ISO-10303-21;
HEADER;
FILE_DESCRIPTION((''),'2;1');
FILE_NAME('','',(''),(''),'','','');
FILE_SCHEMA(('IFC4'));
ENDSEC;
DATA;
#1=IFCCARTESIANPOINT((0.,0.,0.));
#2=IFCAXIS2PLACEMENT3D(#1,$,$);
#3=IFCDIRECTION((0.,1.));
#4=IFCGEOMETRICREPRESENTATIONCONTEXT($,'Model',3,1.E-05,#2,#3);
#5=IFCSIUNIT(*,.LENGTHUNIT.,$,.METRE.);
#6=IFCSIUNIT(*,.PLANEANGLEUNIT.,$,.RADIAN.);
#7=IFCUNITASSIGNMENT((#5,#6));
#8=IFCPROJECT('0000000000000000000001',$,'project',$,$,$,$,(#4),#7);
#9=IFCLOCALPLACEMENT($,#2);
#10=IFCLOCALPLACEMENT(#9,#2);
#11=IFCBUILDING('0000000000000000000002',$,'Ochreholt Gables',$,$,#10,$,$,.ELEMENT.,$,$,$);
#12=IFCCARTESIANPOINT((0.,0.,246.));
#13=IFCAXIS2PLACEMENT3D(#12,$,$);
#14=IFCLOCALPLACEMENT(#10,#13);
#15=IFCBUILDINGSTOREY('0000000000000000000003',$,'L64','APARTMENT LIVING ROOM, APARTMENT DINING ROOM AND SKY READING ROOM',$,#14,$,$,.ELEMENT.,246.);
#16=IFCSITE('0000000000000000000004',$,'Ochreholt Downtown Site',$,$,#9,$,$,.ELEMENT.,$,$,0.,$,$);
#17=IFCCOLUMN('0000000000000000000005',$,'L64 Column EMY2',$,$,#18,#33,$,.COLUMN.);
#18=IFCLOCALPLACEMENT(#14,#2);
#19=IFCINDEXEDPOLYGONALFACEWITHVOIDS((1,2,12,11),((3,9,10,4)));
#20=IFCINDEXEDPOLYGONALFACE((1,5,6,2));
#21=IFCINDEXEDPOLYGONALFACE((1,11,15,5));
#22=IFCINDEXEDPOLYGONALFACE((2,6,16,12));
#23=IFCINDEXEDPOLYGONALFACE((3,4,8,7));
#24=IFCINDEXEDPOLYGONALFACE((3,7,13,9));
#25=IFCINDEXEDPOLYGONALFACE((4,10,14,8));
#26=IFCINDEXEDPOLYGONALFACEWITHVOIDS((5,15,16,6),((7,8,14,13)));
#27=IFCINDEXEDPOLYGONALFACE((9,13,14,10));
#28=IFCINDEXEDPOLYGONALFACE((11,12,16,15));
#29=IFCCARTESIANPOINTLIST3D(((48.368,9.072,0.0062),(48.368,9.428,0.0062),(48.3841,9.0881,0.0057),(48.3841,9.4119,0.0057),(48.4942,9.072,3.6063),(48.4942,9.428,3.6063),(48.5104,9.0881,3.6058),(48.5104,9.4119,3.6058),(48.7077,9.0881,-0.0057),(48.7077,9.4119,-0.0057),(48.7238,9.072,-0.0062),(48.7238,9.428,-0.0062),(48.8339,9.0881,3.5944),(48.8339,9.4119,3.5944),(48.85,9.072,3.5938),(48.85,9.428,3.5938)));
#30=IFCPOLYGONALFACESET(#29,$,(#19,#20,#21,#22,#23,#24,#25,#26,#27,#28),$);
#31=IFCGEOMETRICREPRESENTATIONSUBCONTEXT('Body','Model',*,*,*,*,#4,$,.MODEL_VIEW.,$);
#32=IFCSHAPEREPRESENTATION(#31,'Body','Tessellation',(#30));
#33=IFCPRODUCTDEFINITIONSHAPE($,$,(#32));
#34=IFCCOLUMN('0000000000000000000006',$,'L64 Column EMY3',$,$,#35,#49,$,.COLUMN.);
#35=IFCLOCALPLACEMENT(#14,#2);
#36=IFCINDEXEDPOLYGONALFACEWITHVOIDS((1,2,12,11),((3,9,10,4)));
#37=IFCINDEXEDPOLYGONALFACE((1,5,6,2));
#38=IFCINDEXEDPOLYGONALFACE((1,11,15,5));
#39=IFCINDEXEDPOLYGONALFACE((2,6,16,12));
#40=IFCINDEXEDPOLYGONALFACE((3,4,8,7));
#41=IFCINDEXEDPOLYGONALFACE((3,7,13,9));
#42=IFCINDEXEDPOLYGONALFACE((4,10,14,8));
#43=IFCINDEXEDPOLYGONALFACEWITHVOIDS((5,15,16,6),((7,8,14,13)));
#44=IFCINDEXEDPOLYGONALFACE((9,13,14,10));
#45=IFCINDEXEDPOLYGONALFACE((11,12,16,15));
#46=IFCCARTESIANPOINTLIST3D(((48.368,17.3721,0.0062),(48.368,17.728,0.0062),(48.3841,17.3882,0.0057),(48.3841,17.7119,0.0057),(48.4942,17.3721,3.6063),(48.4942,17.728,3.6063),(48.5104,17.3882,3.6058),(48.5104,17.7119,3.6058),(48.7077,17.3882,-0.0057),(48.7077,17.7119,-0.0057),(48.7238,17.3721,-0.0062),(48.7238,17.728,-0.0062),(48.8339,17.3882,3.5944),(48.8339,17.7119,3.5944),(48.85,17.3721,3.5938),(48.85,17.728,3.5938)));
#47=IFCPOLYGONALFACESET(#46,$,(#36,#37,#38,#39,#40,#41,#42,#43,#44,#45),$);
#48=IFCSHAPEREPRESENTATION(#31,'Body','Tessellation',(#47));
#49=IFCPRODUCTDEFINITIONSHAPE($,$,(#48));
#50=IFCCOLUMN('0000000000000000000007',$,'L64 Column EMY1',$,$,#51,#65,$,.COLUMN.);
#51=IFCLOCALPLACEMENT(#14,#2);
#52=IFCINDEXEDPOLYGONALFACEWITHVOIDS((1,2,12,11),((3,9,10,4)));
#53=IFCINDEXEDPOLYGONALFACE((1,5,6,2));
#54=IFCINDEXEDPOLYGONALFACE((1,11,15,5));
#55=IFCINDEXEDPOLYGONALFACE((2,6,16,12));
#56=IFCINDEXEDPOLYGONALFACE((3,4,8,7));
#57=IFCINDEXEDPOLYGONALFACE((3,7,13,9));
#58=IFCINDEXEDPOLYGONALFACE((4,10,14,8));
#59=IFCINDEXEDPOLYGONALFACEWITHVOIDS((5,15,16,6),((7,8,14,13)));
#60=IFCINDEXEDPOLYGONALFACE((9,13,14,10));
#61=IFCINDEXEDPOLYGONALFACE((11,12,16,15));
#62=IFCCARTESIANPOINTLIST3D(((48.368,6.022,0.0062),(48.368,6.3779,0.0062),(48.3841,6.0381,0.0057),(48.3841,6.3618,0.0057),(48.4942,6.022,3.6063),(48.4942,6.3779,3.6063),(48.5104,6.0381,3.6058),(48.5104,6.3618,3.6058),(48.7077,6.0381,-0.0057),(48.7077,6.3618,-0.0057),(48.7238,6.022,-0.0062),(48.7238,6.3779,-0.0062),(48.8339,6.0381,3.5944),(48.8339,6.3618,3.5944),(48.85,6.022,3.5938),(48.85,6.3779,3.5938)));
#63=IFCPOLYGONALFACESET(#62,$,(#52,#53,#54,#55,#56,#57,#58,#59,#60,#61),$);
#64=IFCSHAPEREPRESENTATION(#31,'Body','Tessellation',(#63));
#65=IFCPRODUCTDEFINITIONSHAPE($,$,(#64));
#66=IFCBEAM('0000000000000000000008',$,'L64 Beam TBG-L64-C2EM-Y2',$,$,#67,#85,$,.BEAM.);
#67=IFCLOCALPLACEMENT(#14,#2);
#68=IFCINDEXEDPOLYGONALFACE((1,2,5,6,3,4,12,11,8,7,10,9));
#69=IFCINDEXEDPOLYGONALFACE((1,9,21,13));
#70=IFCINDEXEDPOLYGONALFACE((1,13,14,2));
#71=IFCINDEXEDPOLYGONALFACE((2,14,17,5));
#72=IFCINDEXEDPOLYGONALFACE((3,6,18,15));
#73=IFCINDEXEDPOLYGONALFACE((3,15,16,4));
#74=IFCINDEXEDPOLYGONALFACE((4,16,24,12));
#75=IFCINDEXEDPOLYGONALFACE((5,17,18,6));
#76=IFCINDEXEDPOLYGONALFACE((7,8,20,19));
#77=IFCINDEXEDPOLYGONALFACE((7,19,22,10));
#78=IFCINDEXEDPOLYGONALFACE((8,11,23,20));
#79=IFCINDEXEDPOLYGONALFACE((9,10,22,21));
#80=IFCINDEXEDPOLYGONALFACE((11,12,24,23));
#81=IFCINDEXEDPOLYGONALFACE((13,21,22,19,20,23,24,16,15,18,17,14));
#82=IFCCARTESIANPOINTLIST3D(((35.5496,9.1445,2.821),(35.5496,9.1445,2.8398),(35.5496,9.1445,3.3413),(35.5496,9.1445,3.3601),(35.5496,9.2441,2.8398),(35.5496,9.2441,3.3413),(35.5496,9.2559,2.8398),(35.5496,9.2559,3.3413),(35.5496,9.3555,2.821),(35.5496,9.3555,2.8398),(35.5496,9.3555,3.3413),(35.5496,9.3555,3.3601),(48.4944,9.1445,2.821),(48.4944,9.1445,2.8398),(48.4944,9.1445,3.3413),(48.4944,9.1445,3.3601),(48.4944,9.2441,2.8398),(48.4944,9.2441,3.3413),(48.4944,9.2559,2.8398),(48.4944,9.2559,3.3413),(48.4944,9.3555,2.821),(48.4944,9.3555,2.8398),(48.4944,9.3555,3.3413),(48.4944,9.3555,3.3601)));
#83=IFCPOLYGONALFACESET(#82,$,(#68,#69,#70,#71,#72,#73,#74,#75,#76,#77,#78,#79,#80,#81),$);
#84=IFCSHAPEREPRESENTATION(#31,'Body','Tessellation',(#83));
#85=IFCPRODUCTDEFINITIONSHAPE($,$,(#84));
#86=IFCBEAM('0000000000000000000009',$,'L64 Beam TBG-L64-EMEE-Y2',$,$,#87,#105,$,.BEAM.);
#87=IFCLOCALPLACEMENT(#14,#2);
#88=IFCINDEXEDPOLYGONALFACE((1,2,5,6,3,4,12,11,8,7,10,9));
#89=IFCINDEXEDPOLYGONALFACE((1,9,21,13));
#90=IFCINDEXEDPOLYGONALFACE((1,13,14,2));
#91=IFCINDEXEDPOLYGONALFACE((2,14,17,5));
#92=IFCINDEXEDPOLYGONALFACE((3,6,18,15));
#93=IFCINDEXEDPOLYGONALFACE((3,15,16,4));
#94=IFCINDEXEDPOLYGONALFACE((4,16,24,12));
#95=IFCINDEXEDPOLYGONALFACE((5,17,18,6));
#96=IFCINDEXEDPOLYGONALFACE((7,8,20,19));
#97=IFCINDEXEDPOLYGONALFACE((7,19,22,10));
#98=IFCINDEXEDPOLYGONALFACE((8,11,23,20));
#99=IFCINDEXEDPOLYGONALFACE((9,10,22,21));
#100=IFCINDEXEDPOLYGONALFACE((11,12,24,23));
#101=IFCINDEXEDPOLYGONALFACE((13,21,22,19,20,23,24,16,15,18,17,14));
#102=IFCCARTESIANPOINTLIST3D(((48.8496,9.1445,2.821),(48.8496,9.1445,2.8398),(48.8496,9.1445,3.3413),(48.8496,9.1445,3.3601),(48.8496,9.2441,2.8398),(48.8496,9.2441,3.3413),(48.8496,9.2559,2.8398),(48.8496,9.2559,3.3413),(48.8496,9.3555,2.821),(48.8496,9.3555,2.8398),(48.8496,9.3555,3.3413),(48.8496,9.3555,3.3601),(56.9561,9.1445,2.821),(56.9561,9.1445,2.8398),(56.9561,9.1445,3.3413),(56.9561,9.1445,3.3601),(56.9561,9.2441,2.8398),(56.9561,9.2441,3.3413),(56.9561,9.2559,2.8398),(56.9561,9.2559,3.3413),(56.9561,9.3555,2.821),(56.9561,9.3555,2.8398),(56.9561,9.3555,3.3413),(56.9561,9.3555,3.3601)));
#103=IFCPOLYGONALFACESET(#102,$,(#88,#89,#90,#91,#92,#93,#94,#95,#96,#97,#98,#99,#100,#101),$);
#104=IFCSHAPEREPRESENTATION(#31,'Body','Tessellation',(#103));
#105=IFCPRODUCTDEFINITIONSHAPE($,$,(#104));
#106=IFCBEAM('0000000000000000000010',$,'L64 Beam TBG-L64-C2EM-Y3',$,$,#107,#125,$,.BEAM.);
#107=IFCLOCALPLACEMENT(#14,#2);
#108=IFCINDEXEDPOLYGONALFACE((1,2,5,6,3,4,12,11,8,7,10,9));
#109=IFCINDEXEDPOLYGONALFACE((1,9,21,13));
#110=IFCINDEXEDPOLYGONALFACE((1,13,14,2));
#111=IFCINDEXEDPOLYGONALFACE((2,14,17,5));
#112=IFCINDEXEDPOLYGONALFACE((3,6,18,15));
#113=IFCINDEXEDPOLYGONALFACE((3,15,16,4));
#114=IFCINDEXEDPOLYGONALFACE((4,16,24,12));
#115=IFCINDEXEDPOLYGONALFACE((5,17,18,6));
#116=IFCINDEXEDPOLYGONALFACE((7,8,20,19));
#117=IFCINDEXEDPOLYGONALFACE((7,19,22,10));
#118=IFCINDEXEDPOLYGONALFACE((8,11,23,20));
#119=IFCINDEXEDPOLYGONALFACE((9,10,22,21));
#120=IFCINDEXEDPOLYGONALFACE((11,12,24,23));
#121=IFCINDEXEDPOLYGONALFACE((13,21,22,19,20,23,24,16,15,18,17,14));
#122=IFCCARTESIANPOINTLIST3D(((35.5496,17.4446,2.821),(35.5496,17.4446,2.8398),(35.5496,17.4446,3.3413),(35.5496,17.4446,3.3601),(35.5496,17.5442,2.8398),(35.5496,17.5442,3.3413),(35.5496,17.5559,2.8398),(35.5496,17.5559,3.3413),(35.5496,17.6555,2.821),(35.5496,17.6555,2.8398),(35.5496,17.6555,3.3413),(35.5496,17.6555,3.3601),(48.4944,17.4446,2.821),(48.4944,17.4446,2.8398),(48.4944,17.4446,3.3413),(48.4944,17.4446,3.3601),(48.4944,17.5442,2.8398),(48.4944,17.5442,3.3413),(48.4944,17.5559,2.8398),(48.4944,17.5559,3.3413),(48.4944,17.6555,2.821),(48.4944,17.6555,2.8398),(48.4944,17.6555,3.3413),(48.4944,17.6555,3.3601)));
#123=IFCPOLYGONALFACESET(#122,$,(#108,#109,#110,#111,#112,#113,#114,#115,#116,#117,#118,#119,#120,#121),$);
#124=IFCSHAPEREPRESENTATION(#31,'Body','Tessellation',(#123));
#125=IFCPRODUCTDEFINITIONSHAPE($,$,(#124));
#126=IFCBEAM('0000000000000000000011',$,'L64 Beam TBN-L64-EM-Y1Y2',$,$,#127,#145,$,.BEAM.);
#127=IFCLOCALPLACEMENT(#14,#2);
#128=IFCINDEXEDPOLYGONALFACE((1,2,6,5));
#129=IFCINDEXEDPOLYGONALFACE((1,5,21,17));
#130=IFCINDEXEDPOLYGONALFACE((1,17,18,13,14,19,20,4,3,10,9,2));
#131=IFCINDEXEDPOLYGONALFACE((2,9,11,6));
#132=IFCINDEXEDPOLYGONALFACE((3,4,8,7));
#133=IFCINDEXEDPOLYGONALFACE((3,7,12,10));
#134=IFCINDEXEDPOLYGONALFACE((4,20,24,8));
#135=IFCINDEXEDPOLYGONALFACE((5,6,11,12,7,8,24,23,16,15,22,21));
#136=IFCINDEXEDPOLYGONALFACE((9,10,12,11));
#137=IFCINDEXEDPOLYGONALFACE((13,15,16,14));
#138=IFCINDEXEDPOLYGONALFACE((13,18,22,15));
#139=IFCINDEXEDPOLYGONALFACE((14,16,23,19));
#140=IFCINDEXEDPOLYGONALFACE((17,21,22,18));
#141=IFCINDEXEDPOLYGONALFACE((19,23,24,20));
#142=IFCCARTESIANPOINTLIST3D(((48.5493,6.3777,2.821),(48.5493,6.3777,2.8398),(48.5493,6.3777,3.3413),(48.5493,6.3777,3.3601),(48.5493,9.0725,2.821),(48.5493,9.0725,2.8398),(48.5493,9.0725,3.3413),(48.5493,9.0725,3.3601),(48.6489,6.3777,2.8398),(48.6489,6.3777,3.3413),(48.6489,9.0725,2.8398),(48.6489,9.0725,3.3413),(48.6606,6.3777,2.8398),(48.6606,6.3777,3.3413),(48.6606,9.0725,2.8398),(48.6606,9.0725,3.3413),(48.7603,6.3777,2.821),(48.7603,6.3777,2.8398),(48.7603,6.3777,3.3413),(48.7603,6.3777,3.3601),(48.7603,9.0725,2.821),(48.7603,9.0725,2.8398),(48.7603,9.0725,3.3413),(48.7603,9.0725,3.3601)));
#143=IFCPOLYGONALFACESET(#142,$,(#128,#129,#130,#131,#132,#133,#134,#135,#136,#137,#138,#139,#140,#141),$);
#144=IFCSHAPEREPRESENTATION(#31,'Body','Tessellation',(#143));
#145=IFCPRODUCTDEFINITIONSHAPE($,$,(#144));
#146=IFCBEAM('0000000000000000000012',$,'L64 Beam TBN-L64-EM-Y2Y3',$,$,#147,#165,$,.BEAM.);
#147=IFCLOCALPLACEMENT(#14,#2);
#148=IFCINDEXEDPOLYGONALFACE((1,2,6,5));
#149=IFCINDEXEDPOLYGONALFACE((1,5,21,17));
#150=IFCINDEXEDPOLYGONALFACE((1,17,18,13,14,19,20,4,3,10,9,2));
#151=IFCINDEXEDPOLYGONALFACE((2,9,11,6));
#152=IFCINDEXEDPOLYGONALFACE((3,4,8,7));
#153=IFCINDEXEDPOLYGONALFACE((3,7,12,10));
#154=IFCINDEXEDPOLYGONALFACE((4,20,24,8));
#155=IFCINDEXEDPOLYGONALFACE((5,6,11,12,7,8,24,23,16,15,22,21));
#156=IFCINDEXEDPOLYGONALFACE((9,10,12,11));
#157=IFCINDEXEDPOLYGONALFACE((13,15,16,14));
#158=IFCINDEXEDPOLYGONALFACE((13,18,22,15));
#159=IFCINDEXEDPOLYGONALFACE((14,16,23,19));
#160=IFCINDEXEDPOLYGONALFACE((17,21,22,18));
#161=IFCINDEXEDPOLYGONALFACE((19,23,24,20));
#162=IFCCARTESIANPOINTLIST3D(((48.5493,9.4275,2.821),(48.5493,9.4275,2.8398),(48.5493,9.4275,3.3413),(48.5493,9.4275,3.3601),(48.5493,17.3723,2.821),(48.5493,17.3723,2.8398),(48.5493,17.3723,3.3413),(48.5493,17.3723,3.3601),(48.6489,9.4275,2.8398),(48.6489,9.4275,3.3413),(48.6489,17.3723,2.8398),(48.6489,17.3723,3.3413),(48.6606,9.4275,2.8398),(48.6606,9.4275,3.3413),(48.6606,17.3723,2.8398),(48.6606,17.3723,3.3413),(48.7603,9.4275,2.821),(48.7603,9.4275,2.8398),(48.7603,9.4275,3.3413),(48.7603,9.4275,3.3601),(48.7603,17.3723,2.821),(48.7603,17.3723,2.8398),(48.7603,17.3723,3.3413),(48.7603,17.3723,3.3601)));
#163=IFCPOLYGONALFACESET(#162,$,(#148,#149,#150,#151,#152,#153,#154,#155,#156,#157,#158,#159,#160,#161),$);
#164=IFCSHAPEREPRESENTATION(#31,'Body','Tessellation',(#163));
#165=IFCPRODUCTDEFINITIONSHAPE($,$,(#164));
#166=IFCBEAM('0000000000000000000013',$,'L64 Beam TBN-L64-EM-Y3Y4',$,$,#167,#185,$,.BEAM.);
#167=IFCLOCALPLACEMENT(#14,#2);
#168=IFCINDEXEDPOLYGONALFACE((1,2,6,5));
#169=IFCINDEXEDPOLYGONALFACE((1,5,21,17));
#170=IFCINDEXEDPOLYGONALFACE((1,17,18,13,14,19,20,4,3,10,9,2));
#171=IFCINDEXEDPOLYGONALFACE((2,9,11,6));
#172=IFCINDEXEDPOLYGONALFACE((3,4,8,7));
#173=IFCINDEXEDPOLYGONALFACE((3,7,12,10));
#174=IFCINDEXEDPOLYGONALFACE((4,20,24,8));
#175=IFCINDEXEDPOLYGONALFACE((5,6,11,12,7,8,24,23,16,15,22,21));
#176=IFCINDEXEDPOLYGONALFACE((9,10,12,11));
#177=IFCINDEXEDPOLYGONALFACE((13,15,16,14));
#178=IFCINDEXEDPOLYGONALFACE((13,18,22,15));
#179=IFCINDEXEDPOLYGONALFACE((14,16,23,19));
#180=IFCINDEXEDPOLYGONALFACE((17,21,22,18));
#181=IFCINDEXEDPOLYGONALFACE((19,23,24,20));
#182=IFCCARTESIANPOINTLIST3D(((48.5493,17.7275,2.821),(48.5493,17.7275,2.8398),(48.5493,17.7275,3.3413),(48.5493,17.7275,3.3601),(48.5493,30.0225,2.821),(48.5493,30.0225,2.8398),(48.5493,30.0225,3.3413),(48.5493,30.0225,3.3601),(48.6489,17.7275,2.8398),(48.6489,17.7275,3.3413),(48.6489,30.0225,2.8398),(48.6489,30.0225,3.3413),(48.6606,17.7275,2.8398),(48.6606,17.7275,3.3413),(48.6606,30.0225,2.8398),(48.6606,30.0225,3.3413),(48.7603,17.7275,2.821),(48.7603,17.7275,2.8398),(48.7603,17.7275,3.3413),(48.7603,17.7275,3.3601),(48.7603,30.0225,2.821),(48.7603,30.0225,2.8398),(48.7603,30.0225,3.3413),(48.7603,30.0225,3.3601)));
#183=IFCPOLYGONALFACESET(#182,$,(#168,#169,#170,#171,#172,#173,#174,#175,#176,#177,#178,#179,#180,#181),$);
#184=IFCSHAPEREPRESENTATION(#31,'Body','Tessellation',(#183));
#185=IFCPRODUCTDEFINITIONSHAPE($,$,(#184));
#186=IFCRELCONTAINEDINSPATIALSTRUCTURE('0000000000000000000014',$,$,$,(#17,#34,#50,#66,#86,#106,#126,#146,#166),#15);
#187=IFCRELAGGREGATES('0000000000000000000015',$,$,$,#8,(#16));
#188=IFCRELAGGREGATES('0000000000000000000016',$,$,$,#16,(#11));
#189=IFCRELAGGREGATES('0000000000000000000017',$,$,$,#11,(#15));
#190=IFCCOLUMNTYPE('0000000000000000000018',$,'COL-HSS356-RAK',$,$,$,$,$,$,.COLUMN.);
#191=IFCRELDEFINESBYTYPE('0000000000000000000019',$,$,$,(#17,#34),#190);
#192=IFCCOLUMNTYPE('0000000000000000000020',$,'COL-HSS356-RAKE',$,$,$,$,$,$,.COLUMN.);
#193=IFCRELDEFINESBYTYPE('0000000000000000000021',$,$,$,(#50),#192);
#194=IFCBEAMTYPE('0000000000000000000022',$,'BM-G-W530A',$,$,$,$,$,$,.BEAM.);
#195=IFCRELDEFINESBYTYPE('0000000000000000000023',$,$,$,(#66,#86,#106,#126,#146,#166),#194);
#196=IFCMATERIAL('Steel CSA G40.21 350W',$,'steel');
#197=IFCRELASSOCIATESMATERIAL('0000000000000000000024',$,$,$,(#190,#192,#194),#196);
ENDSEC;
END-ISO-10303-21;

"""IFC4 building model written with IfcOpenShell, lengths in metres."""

from ifc_helpers import new_model, si_unit, direction, frame, origin, origin_2d, place, context, subcontext, project, spatial, hollow_rectangle, i_section, extrude, material, material_profile, profile_set, type_object, element, save


model = new_model("IFC4")

# Units and contexts
model_context = context("Model", 3, precision=1e-05, world=origin(), true_north=direction((0.0, 1.0)))
body_context = subcontext(model_context, "Body", "Model", "MODEL_VIEW")
ifc_project = project(units=[si_unit("LENGTHUNIT", "METRE"), si_unit("PLANEANGLEUNIT", "RADIAN")], contexts=[model_context])

# Site, building, storey
site_placement = place(None, origin())
site = spatial("IfcSite", under=ifc_project, at=site_placement, Name="Ochreholt Downtown Site", CompositionType="ELEMENT", RefElevation=0.0)
building_placement = place(site_placement, origin())
building = spatial("IfcBuilding", under=site, at=building_placement, Name="Ochreholt Gables", CompositionType="ELEMENT")
storey_placement = place(building_placement, frame((0.0, 0.0, 246.0)))
storey = spatial("IfcBuildingStorey", under=building, at=storey_placement, Name="L64", Description="APARTMENT LIVING ROOM, APARTMENT DINING ROOM AND SKY READING ROOM", CompositionType="ELEMENT", Elevation=246.0)

# Columns
ifc_material_1 = material(Name="Steel CSA G40.21 350W", Category="steel")
ifc_material_profile_1 = material_profile(ifc_material_1, hollow_rectangle(XDim=0.356, YDim=0.356, WallThickness=0.0161, at=origin_2d()), Name="HSS356X356X16")
ifc_profile_set_1 = profile_set([ifc_material_profile_1], Name="Steel CSA G40.21 350W")
column_type_1 = type_object("IfcColumnType", Name="COL-HSS356-RAK", PredefinedType="COLUMN", material=ifc_profile_set_1)
for number, where, z_axis, x_axis, name in (
    (1, (48.5459, 9.25, 0.0), (0.035039, 0.0, 0.999386), (0.0, 1.0, 0.0), "L64 Column EMY2"),
    (2, (48.5459, 17.55, 0.0), (0.035039, 0.0, 0.999386), (0.0, 1.0, 0.0), "L64 Column EMY3"),
):
    element("IfcColumn", number, at=place(storey_placement, frame(where, z_axis=z_axis, x_axis=x_axis)), inside=storey, type_object=column_type_1, Name=name, PredefinedType="COLUMN", context=body_context, shape_type="SweptSolid", body=[
        extrude(hollow_rectangle(XDim=0.356, YDim=0.356, WallThickness=0.0161, at=origin_2d()), origin(), (0.0, 0.0, 1.0), 3.6023),
    ])
ifc_material_profile_2 = material_profile(ifc_material_1, hollow_rectangle(XDim=0.356, YDim=0.356, WallThickness=0.0161, at=origin_2d()), Name="HSS356X356X16")
ifc_profile_set_2 = profile_set([ifc_material_profile_2], Name="Steel CSA G40.21 350W")
column_type_2 = type_object("IfcColumnType", Name="COL-HSS356-RAKE", PredefinedType="COLUMN", material=ifc_profile_set_2)
column_placement = place(storey_placement, frame((48.5459, 6.2, 0.0), z_axis=(0.035039, 0.0, 0.999386), x_axis=(0.0, 1.0, 0.0)))
element("IfcColumn", 3, at=column_placement, inside=storey, type_object=column_type_2, Name="L64 Column EMY1", PredefinedType="COLUMN", context=body_context, shape_type="SweptSolid", body=[
    extrude(hollow_rectangle(XDim=0.356, YDim=0.356, WallThickness=0.0161, at=origin_2d()), origin(), (0.0, 0.0, 1.0), 3.6023),
])

# Beams
ifc_material_profile_3 = material_profile(ifc_material_1, i_section(OverallWidth=0.2109, OverallDepth=0.5391, WebThickness=0.0117, FlangeThickness=0.0188, at=origin_2d()), Name="W530X109")
ifc_profile_set_3 = profile_set([ifc_material_profile_3], Name="Steel CSA G40.21 350W")
beam_type_1 = type_object("IfcBeamType", Name="BM-G-W530A", PredefinedType="BEAM", material=ifc_profile_set_3)
beam_1_placement = place(storey_placement, frame((35.5496, 9.25, 3.0906), z_axis=(1.0, 0.0, 0.0), x_axis=(0.0, 1.0, 0.0)))
element("IfcBeam", 4, at=beam_1_placement, inside=storey, type_object=beam_type_1, Name="L64 Beam TBG-L64-C2EM-Y2", PredefinedType="BEAM", context=body_context, shape_type="SweptSolid", body=[
    extrude(i_section(OverallWidth=0.2109, OverallDepth=0.5391, WebThickness=0.0117, FlangeThickness=0.0188, at=origin_2d()), origin(), (0.0, 0.0, 1.0), 12.9448),
])
beam_2_placement = place(storey_placement, frame((48.8496, 9.25, 3.0906), z_axis=(1.0, 0.0, 0.0), x_axis=(0.0, 1.0, 0.0)))
element("IfcBeam", 5, at=beam_2_placement, inside=storey, type_object=beam_type_1, Name="L64 Beam TBG-L64-EMEE-Y2", PredefinedType="BEAM", context=body_context, shape_type="SweptSolid", body=[
    extrude(i_section(OverallWidth=0.2109, OverallDepth=0.5391, WebThickness=0.0117, FlangeThickness=0.0188, at=origin_2d()), origin(), (0.0, 0.0, 1.0), 8.1064),
])
beam_3_placement = place(storey_placement, frame((35.5496, 17.55, 3.0906), z_axis=(1.0, 0.0, 0.0), x_axis=(0.0, 1.0, 0.0)))
element("IfcBeam", 6, at=beam_3_placement, inside=storey, type_object=beam_type_1, Name="L64 Beam TBG-L64-C2EM-Y3", PredefinedType="BEAM", context=body_context, shape_type="SweptSolid", body=[
    extrude(i_section(OverallWidth=0.2109, OverallDepth=0.5391, WebThickness=0.0117, FlangeThickness=0.0188, at=origin_2d()), origin(), (0.0, 0.0, 1.0), 12.9448),
])
beam_4_placement = place(storey_placement, frame((48.6548, 6.3777, 3.0906), z_axis=(0.0, 1.0, 0.0), x_axis=(-1.0, 0.0, 0.0)))
element("IfcBeam", 7, at=beam_4_placement, inside=storey, type_object=beam_type_1, Name="L64 Beam TBN-L64-EM-Y1Y2", PredefinedType="BEAM", context=body_context, shape_type="SweptSolid", body=[
    extrude(i_section(OverallWidth=0.2109, OverallDepth=0.5391, WebThickness=0.0117, FlangeThickness=0.0188, at=origin_2d()), origin(), (0.0, 0.0, 1.0), 2.6948),
])
beam_5_placement = place(storey_placement, frame((48.6548, 9.4275, 3.0906), z_axis=(0.0, 1.0, 0.0), x_axis=(-1.0, 0.0, 0.0)))
element("IfcBeam", 8, at=beam_5_placement, inside=storey, type_object=beam_type_1, Name="L64 Beam TBN-L64-EM-Y2Y3", PredefinedType="BEAM", context=body_context, shape_type="SweptSolid", body=[
    extrude(i_section(OverallWidth=0.2109, OverallDepth=0.5391, WebThickness=0.0117, FlangeThickness=0.0188, at=origin_2d()), origin(), (0.0, 0.0, 1.0), 7.9448),
])
beam_6_placement = place(storey_placement, frame((48.6548, 17.7275, 3.0906), z_axis=(0.0, 1.0, 0.0), x_axis=(-1.0, 0.0, 0.0)))
element("IfcBeam", 9, at=beam_6_placement, inside=storey, type_object=beam_type_1, Name="L64 Beam TBN-L64-EM-Y3Y4", PredefinedType="BEAM", context=body_context, shape_type="SweptSolid", body=[
    extrude(i_section(OverallWidth=0.2109, OverallDepth=0.5391, WebThickness=0.0117, FlangeThickness=0.0188, at=origin_2d()), origin(), (0.0, 0.0, 1.0), 12.2949),
])

save(model, "model.ifc")
